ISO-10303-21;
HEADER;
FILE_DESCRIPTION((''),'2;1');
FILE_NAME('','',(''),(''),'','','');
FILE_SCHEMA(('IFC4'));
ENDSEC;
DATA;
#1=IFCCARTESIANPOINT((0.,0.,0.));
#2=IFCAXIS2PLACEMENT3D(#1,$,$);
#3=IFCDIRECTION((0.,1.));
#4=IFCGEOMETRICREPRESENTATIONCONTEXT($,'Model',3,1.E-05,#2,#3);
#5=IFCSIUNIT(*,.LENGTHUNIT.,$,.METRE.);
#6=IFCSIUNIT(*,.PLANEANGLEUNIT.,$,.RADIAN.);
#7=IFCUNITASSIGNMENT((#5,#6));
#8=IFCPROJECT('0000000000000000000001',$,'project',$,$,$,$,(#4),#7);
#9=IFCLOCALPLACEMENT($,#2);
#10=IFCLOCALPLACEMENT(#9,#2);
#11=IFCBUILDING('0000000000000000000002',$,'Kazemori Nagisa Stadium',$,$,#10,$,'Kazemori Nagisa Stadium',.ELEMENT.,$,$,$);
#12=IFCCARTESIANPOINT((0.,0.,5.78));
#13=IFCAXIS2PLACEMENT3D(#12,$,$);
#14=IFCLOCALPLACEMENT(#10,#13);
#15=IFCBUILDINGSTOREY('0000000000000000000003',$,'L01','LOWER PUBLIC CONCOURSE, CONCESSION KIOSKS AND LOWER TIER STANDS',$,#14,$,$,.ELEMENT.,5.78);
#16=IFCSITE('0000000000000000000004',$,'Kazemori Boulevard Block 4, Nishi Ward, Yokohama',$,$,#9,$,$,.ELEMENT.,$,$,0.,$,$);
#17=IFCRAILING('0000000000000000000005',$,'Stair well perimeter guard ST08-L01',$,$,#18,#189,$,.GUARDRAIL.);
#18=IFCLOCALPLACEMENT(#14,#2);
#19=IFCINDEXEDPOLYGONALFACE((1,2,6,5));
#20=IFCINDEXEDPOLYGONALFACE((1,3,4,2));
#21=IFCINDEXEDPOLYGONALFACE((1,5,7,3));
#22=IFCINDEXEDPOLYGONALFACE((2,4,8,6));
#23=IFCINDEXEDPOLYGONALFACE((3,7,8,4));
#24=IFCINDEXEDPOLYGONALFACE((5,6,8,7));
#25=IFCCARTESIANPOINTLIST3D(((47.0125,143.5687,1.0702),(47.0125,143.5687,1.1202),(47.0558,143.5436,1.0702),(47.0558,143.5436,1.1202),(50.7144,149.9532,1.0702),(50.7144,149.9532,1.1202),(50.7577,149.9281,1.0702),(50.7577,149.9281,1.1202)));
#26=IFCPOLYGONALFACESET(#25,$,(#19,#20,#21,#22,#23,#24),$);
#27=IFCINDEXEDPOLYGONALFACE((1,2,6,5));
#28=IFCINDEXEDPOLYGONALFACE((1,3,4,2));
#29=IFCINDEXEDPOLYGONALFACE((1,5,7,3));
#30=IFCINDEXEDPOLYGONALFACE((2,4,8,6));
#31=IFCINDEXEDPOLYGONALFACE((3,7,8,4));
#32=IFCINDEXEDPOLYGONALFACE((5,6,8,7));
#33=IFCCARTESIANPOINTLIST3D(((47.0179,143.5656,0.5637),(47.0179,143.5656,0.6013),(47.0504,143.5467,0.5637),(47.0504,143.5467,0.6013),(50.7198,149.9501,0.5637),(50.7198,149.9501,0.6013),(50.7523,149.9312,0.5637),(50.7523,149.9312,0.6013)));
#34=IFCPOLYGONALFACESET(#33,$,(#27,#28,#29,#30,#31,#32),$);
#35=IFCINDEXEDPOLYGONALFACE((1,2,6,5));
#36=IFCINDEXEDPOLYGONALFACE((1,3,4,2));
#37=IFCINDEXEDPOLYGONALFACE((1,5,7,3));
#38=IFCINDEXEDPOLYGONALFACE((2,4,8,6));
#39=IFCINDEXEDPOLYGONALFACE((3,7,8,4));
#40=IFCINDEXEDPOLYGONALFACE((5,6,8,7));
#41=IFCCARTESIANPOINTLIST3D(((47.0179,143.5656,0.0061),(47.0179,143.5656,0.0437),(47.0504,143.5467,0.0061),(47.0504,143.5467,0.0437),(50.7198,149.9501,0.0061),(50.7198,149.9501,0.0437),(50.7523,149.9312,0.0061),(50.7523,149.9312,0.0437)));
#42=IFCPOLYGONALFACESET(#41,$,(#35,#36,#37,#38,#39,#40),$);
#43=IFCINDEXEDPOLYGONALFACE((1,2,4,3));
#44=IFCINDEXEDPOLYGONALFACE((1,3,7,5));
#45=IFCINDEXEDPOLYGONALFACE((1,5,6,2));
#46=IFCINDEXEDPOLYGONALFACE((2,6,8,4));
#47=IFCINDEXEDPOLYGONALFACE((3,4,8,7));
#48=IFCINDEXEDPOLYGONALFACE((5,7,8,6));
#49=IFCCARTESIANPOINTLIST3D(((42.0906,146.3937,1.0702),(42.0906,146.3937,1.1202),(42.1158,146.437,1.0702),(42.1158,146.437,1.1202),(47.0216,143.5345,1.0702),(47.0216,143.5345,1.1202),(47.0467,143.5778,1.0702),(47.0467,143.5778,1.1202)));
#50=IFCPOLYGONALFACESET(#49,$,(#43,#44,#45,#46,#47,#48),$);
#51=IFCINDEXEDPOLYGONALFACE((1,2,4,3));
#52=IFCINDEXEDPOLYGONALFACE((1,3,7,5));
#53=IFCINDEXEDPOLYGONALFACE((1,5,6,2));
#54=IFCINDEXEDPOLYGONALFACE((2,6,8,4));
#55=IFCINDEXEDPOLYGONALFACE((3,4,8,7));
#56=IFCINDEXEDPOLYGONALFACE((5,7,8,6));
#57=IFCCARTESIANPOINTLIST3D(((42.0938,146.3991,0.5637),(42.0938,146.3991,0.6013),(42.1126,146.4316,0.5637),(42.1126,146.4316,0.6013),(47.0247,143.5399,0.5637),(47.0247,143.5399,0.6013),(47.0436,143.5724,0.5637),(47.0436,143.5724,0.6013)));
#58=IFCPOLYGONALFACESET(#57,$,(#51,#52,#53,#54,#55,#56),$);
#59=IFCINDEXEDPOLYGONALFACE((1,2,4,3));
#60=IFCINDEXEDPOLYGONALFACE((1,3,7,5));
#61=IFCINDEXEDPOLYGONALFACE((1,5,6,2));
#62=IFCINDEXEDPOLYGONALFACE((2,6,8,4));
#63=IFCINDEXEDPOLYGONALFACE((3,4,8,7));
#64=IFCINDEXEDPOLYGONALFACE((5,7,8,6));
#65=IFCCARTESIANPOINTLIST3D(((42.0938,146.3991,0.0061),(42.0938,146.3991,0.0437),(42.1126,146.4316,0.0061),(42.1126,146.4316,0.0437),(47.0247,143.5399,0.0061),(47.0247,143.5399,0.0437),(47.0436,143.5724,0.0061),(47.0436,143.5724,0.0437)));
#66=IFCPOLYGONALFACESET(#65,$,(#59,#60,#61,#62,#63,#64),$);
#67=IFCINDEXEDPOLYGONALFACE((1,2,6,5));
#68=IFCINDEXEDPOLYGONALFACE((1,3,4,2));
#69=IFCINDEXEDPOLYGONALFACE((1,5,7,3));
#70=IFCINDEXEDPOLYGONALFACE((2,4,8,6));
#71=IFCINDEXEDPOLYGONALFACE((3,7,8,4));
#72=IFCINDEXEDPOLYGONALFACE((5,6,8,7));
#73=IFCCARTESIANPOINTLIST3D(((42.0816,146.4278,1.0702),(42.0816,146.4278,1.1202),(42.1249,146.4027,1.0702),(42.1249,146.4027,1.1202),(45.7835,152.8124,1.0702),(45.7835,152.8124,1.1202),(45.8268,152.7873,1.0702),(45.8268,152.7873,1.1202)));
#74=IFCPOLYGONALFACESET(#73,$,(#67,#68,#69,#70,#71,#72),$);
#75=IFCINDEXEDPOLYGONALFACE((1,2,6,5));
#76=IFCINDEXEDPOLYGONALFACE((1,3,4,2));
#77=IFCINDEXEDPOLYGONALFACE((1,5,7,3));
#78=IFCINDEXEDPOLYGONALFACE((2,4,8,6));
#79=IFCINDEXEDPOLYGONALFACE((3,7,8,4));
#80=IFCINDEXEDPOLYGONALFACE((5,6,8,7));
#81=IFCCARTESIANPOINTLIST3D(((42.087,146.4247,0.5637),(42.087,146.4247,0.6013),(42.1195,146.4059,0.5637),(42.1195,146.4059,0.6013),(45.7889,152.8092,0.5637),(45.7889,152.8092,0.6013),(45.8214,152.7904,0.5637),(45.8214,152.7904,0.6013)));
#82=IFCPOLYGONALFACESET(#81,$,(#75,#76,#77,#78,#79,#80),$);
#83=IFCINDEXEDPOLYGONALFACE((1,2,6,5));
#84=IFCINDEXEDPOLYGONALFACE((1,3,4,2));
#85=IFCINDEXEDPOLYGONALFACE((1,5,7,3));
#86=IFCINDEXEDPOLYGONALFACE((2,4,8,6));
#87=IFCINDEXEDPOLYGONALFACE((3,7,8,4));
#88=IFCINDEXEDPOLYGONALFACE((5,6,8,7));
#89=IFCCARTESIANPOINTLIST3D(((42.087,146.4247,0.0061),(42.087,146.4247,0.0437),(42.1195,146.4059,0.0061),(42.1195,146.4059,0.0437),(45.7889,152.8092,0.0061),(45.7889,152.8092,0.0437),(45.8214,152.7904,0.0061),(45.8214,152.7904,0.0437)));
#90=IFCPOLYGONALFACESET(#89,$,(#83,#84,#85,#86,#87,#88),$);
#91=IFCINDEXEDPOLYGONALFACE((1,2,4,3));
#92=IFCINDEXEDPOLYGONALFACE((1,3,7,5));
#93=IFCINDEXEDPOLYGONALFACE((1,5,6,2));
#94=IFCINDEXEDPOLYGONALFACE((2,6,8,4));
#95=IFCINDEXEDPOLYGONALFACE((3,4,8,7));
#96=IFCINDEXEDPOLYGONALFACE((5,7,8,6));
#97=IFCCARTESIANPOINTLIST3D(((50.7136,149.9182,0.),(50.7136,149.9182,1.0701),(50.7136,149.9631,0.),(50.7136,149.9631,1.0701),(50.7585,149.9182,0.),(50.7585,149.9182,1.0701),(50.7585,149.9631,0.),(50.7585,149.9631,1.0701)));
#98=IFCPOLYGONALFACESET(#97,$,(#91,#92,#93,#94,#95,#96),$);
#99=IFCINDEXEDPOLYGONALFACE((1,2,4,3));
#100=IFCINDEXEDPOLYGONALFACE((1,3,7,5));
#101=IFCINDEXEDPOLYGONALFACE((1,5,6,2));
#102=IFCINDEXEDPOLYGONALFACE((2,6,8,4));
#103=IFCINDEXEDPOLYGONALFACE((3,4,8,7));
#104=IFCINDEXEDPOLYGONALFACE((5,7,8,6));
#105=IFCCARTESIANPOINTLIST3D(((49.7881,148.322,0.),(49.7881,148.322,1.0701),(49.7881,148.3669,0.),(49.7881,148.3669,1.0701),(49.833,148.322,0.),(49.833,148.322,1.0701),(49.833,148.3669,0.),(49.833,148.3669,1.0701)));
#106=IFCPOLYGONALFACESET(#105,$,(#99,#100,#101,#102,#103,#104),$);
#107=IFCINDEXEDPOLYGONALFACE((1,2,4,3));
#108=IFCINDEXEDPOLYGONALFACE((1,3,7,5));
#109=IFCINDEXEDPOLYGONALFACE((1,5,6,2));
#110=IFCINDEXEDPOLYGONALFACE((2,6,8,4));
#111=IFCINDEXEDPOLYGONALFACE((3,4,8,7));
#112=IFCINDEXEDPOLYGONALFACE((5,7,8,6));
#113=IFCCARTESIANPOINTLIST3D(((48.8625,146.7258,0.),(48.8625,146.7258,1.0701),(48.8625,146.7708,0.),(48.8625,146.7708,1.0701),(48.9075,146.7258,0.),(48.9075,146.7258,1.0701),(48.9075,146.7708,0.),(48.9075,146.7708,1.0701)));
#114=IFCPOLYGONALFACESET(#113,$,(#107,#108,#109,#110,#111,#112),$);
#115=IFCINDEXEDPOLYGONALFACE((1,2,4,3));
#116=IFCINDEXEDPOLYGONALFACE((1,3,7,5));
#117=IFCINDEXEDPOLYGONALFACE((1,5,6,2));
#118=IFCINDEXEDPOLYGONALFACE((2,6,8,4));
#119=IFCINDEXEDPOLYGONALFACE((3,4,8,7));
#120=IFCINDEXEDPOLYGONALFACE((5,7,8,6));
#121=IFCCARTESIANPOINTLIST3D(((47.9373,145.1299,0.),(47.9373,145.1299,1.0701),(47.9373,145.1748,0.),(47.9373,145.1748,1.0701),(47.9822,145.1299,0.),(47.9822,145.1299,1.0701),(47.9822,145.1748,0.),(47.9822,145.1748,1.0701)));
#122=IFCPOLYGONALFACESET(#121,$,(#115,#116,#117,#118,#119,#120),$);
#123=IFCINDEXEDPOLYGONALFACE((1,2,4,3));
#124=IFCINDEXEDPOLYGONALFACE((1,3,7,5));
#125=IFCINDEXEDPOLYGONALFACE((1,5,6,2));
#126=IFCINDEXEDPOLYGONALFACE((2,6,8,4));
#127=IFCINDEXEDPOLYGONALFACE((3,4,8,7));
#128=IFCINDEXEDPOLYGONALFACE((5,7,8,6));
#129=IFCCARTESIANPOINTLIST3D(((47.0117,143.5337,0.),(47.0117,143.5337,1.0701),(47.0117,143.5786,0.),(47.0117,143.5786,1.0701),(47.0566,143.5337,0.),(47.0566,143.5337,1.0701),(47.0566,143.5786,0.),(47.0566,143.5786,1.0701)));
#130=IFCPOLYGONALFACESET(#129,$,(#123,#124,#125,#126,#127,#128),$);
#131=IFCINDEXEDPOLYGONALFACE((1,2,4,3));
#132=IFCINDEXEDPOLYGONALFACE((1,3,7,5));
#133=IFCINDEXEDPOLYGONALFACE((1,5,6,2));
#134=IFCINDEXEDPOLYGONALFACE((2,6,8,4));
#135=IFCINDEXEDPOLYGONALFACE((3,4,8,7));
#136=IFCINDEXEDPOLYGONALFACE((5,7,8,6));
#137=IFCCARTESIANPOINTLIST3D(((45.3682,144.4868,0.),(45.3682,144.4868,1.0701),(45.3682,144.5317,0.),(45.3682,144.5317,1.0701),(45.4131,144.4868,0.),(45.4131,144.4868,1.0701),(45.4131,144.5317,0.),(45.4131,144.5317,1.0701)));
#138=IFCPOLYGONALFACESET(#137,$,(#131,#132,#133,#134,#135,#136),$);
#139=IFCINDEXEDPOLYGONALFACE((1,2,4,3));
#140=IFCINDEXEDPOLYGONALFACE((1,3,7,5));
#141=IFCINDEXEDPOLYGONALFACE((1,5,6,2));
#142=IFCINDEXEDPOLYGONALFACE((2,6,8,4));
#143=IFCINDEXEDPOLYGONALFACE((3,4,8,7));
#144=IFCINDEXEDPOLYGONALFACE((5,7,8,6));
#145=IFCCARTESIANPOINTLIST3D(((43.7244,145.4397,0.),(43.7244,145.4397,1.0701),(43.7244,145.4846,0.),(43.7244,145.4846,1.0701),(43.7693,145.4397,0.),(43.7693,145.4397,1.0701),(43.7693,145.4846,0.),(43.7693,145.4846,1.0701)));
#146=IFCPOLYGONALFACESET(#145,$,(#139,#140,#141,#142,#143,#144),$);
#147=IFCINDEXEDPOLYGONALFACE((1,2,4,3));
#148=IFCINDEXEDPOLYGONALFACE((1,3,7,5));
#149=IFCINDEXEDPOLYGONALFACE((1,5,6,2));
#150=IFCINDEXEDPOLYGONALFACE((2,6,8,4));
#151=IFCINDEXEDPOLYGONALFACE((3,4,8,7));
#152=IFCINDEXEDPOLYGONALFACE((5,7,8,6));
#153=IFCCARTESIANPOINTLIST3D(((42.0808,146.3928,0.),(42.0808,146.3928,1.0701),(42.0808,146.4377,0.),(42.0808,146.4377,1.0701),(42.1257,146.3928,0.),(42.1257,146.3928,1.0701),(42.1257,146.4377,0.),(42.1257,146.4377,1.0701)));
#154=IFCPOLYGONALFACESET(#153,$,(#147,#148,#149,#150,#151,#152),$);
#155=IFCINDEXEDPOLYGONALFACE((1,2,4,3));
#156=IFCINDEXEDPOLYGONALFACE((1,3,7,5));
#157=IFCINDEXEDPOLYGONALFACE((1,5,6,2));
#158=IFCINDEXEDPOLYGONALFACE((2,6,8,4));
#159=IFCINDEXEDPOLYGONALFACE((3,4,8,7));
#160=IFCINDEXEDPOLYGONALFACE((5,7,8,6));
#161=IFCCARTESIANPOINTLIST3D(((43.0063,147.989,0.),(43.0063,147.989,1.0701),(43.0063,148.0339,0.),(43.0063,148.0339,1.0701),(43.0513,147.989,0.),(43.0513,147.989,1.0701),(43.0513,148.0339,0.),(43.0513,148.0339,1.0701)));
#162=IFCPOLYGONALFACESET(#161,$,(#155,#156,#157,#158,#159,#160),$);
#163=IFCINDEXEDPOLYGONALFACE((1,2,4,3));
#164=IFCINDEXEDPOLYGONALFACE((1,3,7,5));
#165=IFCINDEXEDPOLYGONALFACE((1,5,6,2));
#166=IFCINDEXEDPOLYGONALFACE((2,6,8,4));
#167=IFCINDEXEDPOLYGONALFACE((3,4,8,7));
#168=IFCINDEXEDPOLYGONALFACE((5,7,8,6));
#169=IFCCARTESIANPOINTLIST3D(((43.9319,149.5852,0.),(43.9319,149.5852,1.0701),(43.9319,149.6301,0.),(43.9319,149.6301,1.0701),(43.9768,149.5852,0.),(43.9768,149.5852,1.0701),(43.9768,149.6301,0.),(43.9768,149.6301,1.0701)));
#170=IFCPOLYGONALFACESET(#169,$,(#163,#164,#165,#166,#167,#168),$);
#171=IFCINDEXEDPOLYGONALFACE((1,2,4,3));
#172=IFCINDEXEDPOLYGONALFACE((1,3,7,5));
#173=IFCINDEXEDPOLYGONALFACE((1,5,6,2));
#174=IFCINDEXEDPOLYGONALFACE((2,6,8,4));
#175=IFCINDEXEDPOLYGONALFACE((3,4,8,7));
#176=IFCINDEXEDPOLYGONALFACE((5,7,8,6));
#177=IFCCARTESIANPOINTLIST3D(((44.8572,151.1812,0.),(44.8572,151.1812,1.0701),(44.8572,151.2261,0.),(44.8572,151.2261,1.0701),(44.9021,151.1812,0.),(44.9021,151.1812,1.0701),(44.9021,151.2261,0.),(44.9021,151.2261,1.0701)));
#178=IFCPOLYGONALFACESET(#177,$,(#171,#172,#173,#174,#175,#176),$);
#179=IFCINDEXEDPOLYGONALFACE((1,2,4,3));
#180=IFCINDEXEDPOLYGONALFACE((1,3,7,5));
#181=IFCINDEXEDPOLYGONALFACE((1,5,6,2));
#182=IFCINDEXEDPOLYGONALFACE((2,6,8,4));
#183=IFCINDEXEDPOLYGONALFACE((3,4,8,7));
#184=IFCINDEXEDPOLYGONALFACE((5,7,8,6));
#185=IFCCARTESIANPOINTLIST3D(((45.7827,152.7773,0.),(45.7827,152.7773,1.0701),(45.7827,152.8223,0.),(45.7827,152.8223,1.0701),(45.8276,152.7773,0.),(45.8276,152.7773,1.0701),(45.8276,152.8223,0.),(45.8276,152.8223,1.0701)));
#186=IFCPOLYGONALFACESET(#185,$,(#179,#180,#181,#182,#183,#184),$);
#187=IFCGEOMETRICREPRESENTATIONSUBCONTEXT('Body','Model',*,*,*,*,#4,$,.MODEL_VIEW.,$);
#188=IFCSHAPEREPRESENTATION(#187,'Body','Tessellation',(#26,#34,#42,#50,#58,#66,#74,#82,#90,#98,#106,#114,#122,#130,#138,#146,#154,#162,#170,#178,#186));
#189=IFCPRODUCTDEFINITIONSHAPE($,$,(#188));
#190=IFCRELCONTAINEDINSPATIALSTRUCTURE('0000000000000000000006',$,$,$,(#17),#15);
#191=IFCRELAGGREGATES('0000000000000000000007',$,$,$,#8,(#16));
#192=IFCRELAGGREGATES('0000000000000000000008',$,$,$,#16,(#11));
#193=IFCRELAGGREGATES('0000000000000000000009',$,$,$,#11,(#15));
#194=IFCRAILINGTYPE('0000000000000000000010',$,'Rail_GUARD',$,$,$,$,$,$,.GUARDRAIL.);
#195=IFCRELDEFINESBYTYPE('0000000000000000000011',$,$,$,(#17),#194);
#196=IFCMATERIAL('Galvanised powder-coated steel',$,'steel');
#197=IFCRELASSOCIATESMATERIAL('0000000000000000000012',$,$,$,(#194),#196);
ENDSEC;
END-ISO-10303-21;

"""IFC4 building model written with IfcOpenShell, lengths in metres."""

from ifc_helpers import new_model, si_unit, direction, frame, origin, origin_2d, place, context, subcontext, project, spatial, rectangle, extrude, material, type_object, element, save


model = new_model("IFC4")

# Units and contexts
model_context = context("Model", 3, precision=1e-05, world=origin(), true_north=direction((0.0, 1.0)))
body_context = subcontext(model_context, "Body", "Model", "MODEL_VIEW")
ifc_project = project(units=[si_unit("LENGTHUNIT", "METRE"), si_unit("PLANEANGLEUNIT", "RADIAN")], contexts=[model_context])

# Site, building, storey
site_placement = place(None, origin())
site = spatial("IfcSite", under=ifc_project, at=site_placement, Name="Kazemori Boulevard Block 4, Nishi Ward, Yokohama", CompositionType="ELEMENT", RefElevation=0.0)
building_placement = place(site_placement, origin())
building = spatial("IfcBuilding", under=site, at=building_placement, Name="Kazemori Nagisa Stadium", LongName="Kazemori Nagisa Stadium", CompositionType="ELEMENT")
storey_placement = place(building_placement, frame((0.0, 0.0, 5.78)))
storey = spatial("IfcBuildingStorey", under=building, at=storey_placement, Name="L01", Description="LOWER PUBLIC CONCOURSE, CONCESSION KIOSKS AND LOWER TIER STANDS", CompositionType="ELEMENT", Elevation=5.78)

# Railing
ifc_material_1 = material(Name="Galvanised powder-coated steel", Category="steel")
railing_type_1 = type_object("IfcRailingType", Name="Rail_GUARD", PredefinedType="GUARDRAIL", material=ifc_material_1)
railing_1_placement = place(storey_placement, frame((50.7361, 149.9407, 0.0)))
element("IfcRailing", 1, at=railing_1_placement, inside=storey, type_object=railing_type_1, Name="Stair well perimeter guard ST08-L01", PredefinedType="GUARDRAIL", context=body_context, shape_type="SweptSolid", body=[
    extrude(rectangle(XDim=0.05, YDim=0.05, at=origin_2d()), frame((0.0, 0.0, 1.0952), z_axis=(-0.501605, -0.865097, 0.0), x_axis=(0.865097, -0.501605, 0.0)), (0.0, 0.0, 1.0), 7.3801),
    extrude(rectangle(XDim=0.0376, YDim=0.0376, at=origin_2d()), frame((0.0, 0.0, 0.5825), z_axis=(-0.501605, -0.865097, 0.0), x_axis=(0.865097, -0.501605, 0.0)), (0.0, 0.0, 1.0), 7.3801),
    extrude(rectangle(XDim=0.0376, YDim=0.0376, at=origin_2d()), frame((0.0, 0.0, 0.0249), z_axis=(-0.501605, -0.865097, 0.0), x_axis=(0.865097, -0.501605, 0.0)), (0.0, 0.0, 1.0), 7.3801),
    extrude(rectangle(XDim=0.05, YDim=0.05, at=origin_2d()), frame((-3.7019, -6.3845, 1.0952), z_axis=(-0.865092, 0.501614, 0.0), x_axis=(-0.501614, -0.865092, 0.0)), (0.0, 0.0, 1.0), 5.7),
    extrude(rectangle(XDim=0.0376, YDim=0.0376, at=origin_2d()), frame((-3.7019, -6.3845, 0.5825), z_axis=(-0.865092, 0.501614, 0.0), x_axis=(-0.501614, -0.865092, 0.0)), (0.0, 0.0, 1.0), 5.7),
    extrude(rectangle(XDim=0.0376, YDim=0.0376, at=origin_2d()), frame((-3.7019, -6.3845, 0.0249), z_axis=(-0.865092, 0.501614, 0.0), x_axis=(-0.501614, -0.865092, 0.0)), (0.0, 0.0, 1.0), 5.7),
    extrude(rectangle(XDim=0.05, YDim=0.05, at=origin_2d()), frame((-8.6328, -3.5254, 1.0952), z_axis=(0.501605, 0.865097, 0.0), x_axis=(-0.865097, 0.501605, 0.0)), (0.0, 0.0, 1.0), 7.3801),
    extrude(rectangle(XDim=0.0376, YDim=0.0376, at=origin_2d()), frame((-8.6328, -3.5254, 0.5825), z_axis=(0.501605, 0.865097, 0.0), x_axis=(-0.865097, 0.501605, 0.0)), (0.0, 0.0, 1.0), 7.3801),
    extrude(rectangle(XDim=0.0376, YDim=0.0376, at=origin_2d()), frame((-8.6328, -3.5254, 0.0249), z_axis=(0.501605, 0.865097, 0.0), x_axis=(-0.865097, 0.501605, 0.0)), (0.0, 0.0, 1.0), 7.3801),
    extrude(rectangle(XDim=0.0449, YDim=0.0449, at=origin_2d()), origin(), (0.0, 0.0, 1.0), 1.0701),
    extrude(rectangle(XDim=0.0449, YDim=0.0449, at=origin_2d()), frame((-0.9255, -1.5962, 0.0)), (0.0, 0.0, 1.0), 1.0701),
    extrude(rectangle(XDim=0.0449, YDim=0.0449, at=origin_2d()), frame((-1.8511, -3.1924, 0.0)), (0.0, 0.0, 1.0), 1.0701),
    extrude(rectangle(XDim=0.0449, YDim=0.0449, at=origin_2d()), frame((-2.7764, -4.7883, 0.0)), (0.0, 0.0, 1.0), 1.0701),
    extrude(rectangle(XDim=0.0449, YDim=0.0449, at=origin_2d()), frame((-3.7019, -6.3845, 0.0)), (0.0, 0.0, 1.0), 1.0701),
    extrude(rectangle(XDim=0.0449, YDim=0.0449, at=origin_2d()), frame((-5.3455, -5.4314, 0.0)), (0.0, 0.0, 1.0), 1.0701),
    extrude(rectangle(XDim=0.0449, YDim=0.0449, at=origin_2d()), frame((-6.9893, -4.4785, 0.0)), (0.0, 0.0, 1.0), 1.0701),
    extrude(rectangle(XDim=0.0449, YDim=0.0449, at=origin_2d()), frame((-8.6328, -3.5254, 0.0)), (0.0, 0.0, 1.0), 1.0701),
    extrude(rectangle(XDim=0.0449, YDim=0.0449, at=origin_2d()), frame((-7.7073, -1.9292, 0.0)), (0.0, 0.0, 1.0), 1.0701),
    extrude(rectangle(XDim=0.0449, YDim=0.0449, at=origin_2d()), frame((-6.7817, -0.333, 0.0)), (0.0, 0.0, 1.0), 1.0701),
    extrude(rectangle(XDim=0.0449, YDim=0.0449, at=origin_2d()), frame((-5.8564, 1.2629, 0.0)), (0.0, 0.0, 1.0), 1.0701),
    extrude(rectangle(XDim=0.0449, YDim=0.0449, at=origin_2d()), frame((-4.9309, 2.8591, 0.0)), (0.0, 0.0, 1.0), 1.0701),
])

save(model, "model.ifc")
